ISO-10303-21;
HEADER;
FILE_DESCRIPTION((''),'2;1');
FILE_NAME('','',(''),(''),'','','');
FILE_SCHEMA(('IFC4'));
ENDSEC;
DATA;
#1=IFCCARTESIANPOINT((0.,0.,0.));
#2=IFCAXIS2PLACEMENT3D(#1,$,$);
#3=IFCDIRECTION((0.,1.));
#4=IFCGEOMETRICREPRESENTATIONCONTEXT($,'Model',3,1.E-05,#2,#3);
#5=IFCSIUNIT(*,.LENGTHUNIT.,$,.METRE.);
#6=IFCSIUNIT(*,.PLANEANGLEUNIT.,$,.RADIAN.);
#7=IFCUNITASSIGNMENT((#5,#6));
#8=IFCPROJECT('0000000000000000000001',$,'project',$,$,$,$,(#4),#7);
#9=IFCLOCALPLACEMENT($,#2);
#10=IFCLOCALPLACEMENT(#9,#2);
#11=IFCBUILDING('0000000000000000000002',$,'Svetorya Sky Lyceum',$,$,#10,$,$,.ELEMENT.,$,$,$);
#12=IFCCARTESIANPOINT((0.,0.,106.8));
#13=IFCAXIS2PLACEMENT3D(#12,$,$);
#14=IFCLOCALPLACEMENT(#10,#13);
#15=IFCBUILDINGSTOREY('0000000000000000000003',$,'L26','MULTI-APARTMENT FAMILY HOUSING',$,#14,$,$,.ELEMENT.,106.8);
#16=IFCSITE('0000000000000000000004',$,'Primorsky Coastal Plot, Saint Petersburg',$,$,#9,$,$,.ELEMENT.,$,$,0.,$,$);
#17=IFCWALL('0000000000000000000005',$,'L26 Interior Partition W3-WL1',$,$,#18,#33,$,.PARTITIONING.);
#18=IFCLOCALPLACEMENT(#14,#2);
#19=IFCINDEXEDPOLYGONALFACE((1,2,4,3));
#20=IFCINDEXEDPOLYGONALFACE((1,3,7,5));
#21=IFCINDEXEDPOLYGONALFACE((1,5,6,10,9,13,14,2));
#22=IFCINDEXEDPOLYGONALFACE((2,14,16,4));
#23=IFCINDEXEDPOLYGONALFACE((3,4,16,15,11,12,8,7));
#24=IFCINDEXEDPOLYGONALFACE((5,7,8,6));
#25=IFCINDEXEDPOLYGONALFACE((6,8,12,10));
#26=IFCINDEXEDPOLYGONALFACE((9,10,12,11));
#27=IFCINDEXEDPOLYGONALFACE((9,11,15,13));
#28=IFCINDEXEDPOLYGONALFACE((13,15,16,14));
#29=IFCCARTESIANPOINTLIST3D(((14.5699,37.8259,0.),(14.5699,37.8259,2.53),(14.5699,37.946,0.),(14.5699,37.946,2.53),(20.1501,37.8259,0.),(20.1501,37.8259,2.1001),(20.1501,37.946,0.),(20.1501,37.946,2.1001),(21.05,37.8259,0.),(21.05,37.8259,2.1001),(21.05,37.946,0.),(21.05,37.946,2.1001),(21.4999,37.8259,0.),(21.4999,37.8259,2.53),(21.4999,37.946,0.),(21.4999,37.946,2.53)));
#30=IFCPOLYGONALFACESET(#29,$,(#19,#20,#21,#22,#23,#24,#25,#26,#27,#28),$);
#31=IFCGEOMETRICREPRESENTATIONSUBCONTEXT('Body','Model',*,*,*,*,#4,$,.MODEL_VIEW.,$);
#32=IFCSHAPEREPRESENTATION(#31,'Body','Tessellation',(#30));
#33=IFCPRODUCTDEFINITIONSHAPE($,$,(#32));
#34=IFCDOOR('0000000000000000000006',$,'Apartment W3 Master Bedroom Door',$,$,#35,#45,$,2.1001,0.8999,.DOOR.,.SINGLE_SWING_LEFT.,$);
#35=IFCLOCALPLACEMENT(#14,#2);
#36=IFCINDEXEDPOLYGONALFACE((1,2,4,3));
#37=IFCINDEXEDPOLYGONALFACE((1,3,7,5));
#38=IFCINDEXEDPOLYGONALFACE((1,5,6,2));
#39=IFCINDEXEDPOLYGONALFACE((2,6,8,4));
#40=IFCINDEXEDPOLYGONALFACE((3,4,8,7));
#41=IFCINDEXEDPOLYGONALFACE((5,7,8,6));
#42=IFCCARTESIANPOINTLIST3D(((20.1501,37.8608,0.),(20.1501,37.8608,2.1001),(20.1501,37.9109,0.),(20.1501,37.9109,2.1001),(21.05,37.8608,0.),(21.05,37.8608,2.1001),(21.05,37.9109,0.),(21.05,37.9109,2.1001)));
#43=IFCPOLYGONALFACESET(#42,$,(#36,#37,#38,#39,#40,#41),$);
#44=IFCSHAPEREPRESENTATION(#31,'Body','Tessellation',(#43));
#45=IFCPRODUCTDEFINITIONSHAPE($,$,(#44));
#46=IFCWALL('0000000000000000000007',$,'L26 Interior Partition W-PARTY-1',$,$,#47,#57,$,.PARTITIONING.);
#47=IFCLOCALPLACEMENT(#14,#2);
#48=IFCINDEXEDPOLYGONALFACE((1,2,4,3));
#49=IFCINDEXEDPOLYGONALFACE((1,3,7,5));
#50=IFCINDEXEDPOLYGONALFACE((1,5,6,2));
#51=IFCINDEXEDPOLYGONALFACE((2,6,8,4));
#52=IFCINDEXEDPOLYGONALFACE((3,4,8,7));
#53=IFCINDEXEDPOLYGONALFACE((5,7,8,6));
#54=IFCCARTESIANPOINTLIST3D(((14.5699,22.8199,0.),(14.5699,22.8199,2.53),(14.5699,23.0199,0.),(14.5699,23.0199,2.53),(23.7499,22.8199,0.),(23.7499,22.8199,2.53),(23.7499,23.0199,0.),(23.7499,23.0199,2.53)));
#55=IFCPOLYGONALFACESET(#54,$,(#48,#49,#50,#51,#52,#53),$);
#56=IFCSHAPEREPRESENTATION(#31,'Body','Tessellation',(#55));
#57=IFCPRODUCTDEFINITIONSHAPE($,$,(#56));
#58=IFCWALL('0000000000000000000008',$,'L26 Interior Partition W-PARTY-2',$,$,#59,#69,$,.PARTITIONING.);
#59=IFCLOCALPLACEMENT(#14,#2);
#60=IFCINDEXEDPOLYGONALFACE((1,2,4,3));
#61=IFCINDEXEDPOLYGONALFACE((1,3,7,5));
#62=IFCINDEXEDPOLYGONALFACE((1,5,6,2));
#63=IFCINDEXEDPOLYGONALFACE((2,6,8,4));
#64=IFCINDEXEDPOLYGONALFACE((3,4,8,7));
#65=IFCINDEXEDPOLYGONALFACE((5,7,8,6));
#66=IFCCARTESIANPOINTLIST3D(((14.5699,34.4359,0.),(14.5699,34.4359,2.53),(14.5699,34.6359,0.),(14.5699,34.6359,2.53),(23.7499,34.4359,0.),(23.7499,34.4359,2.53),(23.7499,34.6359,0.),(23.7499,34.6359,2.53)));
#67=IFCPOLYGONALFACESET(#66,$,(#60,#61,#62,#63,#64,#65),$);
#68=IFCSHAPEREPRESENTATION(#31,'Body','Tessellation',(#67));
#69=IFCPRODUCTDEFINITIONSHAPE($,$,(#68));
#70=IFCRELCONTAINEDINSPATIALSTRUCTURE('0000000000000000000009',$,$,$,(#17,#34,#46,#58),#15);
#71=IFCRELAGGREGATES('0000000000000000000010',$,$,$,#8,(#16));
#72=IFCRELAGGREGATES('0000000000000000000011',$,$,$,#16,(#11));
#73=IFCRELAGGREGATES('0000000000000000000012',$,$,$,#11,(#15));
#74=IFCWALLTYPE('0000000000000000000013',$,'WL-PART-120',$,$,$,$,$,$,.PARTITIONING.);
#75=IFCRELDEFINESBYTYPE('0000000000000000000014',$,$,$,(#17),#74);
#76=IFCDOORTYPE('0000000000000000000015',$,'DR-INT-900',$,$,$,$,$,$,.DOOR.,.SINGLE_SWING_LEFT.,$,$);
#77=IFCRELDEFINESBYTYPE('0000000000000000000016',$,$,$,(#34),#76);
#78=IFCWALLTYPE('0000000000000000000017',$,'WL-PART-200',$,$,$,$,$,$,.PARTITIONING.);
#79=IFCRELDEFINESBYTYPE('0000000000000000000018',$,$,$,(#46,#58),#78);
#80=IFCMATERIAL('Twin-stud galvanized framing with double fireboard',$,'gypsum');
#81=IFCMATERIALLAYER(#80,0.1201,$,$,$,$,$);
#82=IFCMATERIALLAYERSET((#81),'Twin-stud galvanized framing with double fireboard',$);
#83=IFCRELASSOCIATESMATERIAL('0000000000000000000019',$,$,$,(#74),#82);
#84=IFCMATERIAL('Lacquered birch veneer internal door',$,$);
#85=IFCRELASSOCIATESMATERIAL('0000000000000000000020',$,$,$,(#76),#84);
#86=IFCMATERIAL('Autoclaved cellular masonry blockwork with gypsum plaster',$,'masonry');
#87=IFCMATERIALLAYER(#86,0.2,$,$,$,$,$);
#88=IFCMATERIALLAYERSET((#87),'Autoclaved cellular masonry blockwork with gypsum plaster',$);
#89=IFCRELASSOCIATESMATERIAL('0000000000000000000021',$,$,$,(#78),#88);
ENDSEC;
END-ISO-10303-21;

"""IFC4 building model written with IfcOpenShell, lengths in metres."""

from ifc_helpers import new_model, si_unit, direction, frame, frame_2d, origin, place, context, subcontext, project, spatial, rectangle, extrude, material, layer, layer_set, type_object, element, fill, save


model = new_model("IFC4")

# Units and contexts
model_context = context("Model", 3, precision=1e-05, world=origin(), true_north=direction((0.0, 1.0)))
body_context = subcontext(model_context, "Body", "Model", "MODEL_VIEW")
ifc_project = project(units=[si_unit("LENGTHUNIT", "METRE"), si_unit("PLANEANGLEUNIT", "RADIAN")], contexts=[model_context])

# Site, building, storey
site_placement = place(None, origin())
site = spatial("IfcSite", under=ifc_project, at=site_placement, Name="Primorsky Coastal Plot, Saint Petersburg", CompositionType="ELEMENT", RefElevation=0.0)
building_placement = place(site_placement, origin())
building = spatial("IfcBuilding", under=site, at=building_placement, Name="Svetorya Sky Lyceum", CompositionType="ELEMENT")
storey_placement = place(building_placement, frame((0.0, 0.0, 106.8)))
storey = spatial("IfcBuildingStorey", under=building, at=storey_placement, Name="L26", Description="MULTI-APARTMENT FAMILY HOUSING", CompositionType="ELEMENT", Elevation=106.8)

# Wall, opening, door
ifc_material_1 = material(Name="Twin-stud galvanized framing with double fireboard", Category="gypsum")
ifc_layer_1 = layer(ifc_material_1, 0.1201)
ifc_layer_set_1 = layer_set([ifc_layer_1], Name="Twin-stud galvanized framing with double fireboard")
wall_type_1 = type_object("IfcWallType", Name="WL-PART-120", PredefinedType="PARTITIONING", material=ifc_layer_set_1)
ifc_material_2 = material(Name="Lacquered birch veneer internal door")
door_type_1 = type_object("IfcDoorType", Name="DR-INT-900", OperationType="SINGLE_SWING_LEFT", PredefinedType="DOOR", material=ifc_material_2)
wall_1_placement = place(storey_placement, frame((14.5701, 37.886, 0.0), z_axis=(0.0, 0.0, 1.0), x_axis=(1.0, 0.0, 0.0)))
wall_1 = element("IfcWall", 1, at=wall_1_placement, inside=storey, type_object=wall_type_1, Name="L26 Interior Partition W3-WL1", PredefinedType="PARTITIONING", context=body_context, shape_type="SweptSolid", body=[
    extrude(rectangle(XDim=6.9299, YDim=0.1201, at=frame_2d((3.4648, 0.0))), origin(), (0.0, 0.0, 1.0), 2.53),
])
opening_1_placement = place(wall_1_placement, frame((5.5801, 0.0, 0.0)))
opening_1 = element("IfcOpeningElement", 2, at=opening_1_placement, cuts=wall_1, PredefinedType="OPENING", context=body_context, shape_type="SweptSolid", body=[
    extrude(rectangle(XDim=0.8999, YDim=2.1001, at=frame_2d((0.45, 1.05))), frame((0.0, 0.0701, 0.0), z_axis=(0.0, -1.0, 0.0), x_axis=(1.0, 0.0, 0.0)), (0.0, 0.0, 1.0), 0.1401),
])
door_1_placement = place(opening_1_placement, origin())
door_1 = element("IfcDoor", 3, at=door_1_placement, inside=storey, type_object=door_type_1, Name="Apartment W3 Master Bedroom Door", OperationType="SINGLE_SWING_LEFT", OverallHeight=2.1001, OverallWidth=0.8999, PredefinedType="DOOR", context=body_context, shape_type="SweptSolid", body=[
    extrude(rectangle(XDim=0.8999, YDim=2.1001, at=frame_2d((0.45, 1.05))), frame((0.0, 0.0249, 0.0), z_axis=(0.0, -1.0, 0.0), x_axis=(1.0, 0.0, 0.0)), (0.0, 0.0, 1.0), 0.05),
])
fill(opening_1, door_1)

# Walls
ifc_material_3 = material(Name="Autoclaved cellular masonry blockwork with gypsum plaster", Category="masonry")
ifc_layer_2 = layer(ifc_material_3, 0.2)
ifc_layer_set_2 = layer_set([ifc_layer_2], Name="Autoclaved cellular masonry blockwork with gypsum plaster")
wall_type_2 = type_object("IfcWallType", Name="WL-PART-200", PredefinedType="PARTITIONING", material=ifc_layer_set_2)
for number, where, z_axis, x_axis, name in (
    (4, (14.5701, 22.9199, 0.0), (0.0, 0.0, 1.0), (1.0, 0.0, 0.0), "L26 Interior Partition W-PARTY-1"),
    (5, (14.5701, 34.5359, 0.0), (0.0, 0.0, 1.0), (1.0, 0.0, 0.0), "L26 Interior Partition W-PARTY-2"),
):
    element("IfcWall", number, at=place(storey_placement, frame(where, z_axis=z_axis, x_axis=x_axis)), inside=storey, type_object=wall_type_2, Name=name, PredefinedType="PARTITIONING", context=body_context, shape_type="SweptSolid", body=[
        extrude(rectangle(XDim=9.1799, YDim=0.2, at=frame_2d((4.5898, 0.0))), origin(), (0.0, 0.0, 1.0), 2.53),
    ])

save(model, "model.ifc")
